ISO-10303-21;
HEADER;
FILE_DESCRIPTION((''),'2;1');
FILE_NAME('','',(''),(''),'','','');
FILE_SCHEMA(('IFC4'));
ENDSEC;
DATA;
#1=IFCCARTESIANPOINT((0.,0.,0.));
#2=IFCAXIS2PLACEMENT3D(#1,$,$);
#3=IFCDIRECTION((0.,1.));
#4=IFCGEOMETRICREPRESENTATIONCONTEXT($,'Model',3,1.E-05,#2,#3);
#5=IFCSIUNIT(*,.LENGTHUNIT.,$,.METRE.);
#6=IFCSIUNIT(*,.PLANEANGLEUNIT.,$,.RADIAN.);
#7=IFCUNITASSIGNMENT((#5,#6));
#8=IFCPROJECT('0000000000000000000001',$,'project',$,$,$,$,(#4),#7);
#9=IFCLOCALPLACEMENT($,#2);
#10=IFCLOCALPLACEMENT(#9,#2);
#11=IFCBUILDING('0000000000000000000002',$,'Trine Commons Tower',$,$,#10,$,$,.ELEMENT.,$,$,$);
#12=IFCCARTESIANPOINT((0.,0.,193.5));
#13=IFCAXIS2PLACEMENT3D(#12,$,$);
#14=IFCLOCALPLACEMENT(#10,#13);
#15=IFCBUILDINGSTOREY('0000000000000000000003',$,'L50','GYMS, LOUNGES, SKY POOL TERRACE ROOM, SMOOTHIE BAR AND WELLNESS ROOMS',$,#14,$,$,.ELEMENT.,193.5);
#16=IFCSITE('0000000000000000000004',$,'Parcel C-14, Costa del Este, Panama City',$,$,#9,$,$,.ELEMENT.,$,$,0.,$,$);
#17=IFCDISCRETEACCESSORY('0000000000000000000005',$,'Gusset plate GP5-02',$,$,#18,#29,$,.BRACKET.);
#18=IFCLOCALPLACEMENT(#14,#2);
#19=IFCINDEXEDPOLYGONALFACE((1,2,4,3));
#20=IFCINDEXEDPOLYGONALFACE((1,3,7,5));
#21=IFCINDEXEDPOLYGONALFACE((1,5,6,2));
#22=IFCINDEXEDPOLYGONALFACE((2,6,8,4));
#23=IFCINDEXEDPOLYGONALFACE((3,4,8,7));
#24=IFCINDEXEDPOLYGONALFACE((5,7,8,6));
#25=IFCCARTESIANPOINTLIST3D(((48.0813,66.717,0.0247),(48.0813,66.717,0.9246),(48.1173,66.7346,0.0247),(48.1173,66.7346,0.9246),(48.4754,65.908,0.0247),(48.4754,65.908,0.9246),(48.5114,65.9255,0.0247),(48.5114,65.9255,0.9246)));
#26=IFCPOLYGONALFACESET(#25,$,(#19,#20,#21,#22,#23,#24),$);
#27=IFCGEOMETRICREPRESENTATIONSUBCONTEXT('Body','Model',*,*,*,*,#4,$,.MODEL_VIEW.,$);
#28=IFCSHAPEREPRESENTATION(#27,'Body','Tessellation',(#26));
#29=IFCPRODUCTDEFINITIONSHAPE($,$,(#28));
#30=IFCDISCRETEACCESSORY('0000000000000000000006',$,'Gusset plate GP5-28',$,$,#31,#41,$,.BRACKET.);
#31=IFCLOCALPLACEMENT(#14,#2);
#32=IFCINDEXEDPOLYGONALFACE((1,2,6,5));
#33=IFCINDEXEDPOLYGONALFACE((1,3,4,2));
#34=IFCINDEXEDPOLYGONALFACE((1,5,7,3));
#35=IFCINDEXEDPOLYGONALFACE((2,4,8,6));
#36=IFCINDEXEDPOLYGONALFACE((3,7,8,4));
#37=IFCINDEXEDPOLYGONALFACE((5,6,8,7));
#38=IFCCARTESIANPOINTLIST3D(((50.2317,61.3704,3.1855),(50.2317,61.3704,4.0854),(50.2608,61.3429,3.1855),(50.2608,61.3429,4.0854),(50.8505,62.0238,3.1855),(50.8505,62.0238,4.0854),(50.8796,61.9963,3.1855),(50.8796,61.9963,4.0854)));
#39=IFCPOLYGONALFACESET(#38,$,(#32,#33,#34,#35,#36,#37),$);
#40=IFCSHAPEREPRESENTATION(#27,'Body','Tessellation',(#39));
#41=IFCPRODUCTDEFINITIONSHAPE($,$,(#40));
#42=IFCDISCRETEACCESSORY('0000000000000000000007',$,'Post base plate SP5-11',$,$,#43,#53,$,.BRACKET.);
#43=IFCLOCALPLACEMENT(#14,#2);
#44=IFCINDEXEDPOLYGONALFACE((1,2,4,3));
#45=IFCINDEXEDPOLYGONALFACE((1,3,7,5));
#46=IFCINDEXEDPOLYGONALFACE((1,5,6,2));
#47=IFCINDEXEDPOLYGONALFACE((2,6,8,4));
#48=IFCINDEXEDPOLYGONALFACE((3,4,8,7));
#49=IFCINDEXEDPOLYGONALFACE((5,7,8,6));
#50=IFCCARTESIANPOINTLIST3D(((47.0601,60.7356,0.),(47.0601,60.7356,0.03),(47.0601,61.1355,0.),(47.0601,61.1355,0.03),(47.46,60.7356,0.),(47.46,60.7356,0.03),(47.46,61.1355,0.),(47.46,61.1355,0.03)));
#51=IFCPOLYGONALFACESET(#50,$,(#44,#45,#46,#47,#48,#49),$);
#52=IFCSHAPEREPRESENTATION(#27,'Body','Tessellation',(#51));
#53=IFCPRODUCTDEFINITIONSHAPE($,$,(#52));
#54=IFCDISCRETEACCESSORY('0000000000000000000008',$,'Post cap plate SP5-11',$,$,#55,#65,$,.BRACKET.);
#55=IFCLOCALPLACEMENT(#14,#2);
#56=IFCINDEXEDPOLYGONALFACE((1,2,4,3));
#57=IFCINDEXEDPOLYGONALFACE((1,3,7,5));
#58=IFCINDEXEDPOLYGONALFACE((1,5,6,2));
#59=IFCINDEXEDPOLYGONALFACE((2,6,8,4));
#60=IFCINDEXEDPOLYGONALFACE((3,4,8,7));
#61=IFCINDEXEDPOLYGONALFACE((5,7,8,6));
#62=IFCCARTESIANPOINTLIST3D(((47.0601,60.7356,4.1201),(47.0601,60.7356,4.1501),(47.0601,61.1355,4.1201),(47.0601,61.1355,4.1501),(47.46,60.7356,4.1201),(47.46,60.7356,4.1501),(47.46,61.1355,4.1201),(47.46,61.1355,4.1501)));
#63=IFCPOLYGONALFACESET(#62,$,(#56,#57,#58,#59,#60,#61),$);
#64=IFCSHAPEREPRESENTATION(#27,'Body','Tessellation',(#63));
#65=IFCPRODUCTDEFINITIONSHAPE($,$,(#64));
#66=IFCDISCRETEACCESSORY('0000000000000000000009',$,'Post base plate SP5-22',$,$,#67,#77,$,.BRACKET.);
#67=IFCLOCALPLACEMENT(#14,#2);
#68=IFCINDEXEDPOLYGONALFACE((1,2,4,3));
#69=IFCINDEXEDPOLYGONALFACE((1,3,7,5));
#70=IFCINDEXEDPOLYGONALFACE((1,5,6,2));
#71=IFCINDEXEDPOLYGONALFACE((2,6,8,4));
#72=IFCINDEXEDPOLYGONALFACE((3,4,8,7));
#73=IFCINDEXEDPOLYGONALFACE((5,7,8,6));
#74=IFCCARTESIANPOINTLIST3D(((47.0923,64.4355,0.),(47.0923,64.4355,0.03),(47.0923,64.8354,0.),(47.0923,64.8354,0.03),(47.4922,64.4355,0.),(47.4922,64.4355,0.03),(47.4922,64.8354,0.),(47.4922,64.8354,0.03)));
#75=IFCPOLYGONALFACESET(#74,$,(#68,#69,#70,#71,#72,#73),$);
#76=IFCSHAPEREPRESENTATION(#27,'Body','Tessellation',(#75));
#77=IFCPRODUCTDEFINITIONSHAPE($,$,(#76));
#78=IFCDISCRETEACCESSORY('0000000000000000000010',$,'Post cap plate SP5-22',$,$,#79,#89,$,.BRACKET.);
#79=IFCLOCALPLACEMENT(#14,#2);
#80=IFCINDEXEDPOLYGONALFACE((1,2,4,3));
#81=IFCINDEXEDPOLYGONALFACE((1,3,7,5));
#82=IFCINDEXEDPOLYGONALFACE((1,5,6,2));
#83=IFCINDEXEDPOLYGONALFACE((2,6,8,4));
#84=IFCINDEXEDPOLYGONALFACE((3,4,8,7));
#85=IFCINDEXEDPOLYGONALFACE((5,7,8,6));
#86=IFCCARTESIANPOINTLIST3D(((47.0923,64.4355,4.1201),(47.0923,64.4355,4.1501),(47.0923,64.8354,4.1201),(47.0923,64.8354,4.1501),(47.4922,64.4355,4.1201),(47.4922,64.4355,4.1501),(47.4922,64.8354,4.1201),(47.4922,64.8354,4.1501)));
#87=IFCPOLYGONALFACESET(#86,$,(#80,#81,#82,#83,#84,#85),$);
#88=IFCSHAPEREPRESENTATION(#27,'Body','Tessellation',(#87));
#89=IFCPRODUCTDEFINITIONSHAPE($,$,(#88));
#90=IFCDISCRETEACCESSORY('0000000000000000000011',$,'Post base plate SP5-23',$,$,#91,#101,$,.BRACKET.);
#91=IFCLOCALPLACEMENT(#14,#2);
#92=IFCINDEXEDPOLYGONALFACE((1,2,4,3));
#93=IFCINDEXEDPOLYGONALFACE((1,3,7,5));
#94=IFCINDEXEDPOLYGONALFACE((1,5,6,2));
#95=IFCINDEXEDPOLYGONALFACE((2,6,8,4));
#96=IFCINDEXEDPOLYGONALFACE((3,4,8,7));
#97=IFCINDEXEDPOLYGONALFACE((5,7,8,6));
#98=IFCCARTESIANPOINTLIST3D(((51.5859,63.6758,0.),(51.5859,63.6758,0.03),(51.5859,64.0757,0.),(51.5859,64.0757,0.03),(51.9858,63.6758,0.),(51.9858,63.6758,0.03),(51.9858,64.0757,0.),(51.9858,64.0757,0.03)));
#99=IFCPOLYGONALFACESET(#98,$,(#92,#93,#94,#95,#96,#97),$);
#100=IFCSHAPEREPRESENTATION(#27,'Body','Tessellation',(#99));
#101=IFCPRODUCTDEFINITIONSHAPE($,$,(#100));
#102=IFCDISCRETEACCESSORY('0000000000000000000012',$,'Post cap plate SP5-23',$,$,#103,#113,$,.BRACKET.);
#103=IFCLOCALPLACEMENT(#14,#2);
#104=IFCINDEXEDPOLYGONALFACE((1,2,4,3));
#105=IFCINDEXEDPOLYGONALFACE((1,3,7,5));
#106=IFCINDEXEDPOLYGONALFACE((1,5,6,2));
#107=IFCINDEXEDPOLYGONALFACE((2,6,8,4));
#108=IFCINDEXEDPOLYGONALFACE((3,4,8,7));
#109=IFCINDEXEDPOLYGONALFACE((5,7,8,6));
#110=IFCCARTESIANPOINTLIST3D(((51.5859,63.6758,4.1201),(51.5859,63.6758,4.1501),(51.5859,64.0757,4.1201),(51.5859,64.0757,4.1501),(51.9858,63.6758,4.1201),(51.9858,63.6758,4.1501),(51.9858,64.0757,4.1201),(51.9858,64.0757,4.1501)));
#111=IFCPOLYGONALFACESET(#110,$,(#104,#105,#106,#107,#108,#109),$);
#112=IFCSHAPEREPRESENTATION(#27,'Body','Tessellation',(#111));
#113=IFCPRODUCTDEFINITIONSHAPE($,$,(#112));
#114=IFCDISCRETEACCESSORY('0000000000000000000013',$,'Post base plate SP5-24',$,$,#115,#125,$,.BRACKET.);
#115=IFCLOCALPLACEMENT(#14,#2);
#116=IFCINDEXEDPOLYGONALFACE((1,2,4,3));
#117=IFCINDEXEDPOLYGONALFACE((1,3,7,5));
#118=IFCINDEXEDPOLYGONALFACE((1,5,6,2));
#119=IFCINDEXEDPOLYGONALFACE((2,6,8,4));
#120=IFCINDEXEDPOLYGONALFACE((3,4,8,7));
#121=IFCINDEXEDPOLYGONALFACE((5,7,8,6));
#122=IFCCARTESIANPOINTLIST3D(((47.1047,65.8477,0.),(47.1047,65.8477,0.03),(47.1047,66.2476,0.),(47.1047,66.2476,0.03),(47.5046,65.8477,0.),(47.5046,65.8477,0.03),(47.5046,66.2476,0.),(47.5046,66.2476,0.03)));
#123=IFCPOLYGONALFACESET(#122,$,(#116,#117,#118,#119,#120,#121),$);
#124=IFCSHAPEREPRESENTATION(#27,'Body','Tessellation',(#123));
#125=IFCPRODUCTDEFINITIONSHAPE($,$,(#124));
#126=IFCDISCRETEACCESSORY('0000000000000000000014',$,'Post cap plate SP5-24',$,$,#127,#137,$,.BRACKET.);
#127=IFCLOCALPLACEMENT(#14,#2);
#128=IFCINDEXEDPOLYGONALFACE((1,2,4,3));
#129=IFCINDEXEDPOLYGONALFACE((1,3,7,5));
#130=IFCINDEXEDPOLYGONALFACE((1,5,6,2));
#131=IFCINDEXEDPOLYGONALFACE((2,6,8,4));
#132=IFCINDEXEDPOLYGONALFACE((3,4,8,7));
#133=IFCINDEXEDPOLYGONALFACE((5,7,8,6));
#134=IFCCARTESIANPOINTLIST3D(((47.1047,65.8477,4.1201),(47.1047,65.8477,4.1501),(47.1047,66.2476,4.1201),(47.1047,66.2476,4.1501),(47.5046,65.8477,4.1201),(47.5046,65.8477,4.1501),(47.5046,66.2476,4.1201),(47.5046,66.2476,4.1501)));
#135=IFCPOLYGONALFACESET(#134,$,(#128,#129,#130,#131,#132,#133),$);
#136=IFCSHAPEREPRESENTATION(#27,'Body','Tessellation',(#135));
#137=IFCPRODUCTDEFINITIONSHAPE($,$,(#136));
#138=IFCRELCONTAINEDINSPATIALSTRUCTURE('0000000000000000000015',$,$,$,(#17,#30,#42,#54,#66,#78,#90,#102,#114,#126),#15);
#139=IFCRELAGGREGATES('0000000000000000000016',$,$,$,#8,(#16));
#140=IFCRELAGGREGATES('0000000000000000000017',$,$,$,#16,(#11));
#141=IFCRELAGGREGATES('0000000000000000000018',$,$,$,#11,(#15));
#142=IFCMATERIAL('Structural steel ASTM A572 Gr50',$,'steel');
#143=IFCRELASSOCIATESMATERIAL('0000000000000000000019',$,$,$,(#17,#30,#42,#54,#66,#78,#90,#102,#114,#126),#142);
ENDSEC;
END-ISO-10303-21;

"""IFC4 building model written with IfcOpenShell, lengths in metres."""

from ifc_helpers import new_model, si_unit, direction, frame, origin, origin_2d, place, context, subcontext, project, spatial, rectangle, extrude, material, element, save


model = new_model("IFC4")

# Units and contexts
model_context = context("Model", 3, precision=1e-05, world=origin(), true_north=direction((0.0, 1.0)))
body_context = subcontext(model_context, "Body", "Model", "MODEL_VIEW")
ifc_project = project(units=[si_unit("LENGTHUNIT", "METRE"), si_unit("PLANEANGLEUNIT", "RADIAN")], contexts=[model_context])

# Site, building, storey
site_placement = place(None, origin())
site = spatial("IfcSite", under=ifc_project, at=site_placement, Name="Parcel C-14, Costa del Este, Panama City", CompositionType="ELEMENT", RefElevation=0.0)
building_placement = place(site_placement, origin())
building = spatial("IfcBuilding", under=site, at=building_placement, Name="Trine Commons Tower", CompositionType="ELEMENT")
storey_placement = place(building_placement, frame((0.0, 0.0, 193.5)))
storey = spatial("IfcBuildingStorey", under=building, at=storey_placement, Name="L50", Description="GYMS, LOUNGES, SKY POOL TERRACE ROOM, SMOOTHIE BAR AND WELLNESS ROOMS", CompositionType="ELEMENT", Elevation=193.5)

# Discrete accessories
ifc_material_1 = material(Name="Structural steel ASTM A572 Gr50", Category="steel")
for number, where, z_axis, x_axis, name in (
    (1, (48.2964, 66.3213, 0.0247), (0.0, 0.0, 1.0), (0.437932, -0.899008, 0.0), "Gusset plate GP5-02"),
    (2, (50.5557, 61.6833, 3.1855), (0.0, 0.0, 1.0), (0.687645, 0.726047, 0.0), "Gusset plate GP5-28"),
):
    element("IfcDiscreteAccessory", number, at=place(storey_placement, frame(where, z_axis=z_axis, x_axis=x_axis)), inside=storey, material=ifc_material_1, Name=name, PredefinedType="BRACKET", context=body_context, shape_type="SweptSolid", body=[
        extrude(rectangle(XDim=0.8999, YDim=0.04, at=origin_2d()), origin(), (0.0, 0.0, 1.0), 0.8999),
    ])
for number, where, z_axis, x_axis, name in (
    (3, (47.26, 60.9355, 0.0), (0.0, 0.0, 1.0), (1.0, 0.0, 0.0), "Post base plate SP5-11"),
    (4, (47.26, 60.9355, 4.1201), (0.0, 0.0, 1.0), (1.0, 0.0, 0.0), "Post cap plate SP5-11"),
    (5, (47.2922, 64.6355, 0.0), (0.0, 0.0, 1.0), (1.0, 0.0, 0.0), "Post base plate SP5-22"),
    (6, (47.2922, 64.6355, 4.1201), (0.0, 0.0, 1.0), (1.0, 0.0, 0.0), "Post cap plate SP5-22"),
    (7, (51.7859, 63.8757, 0.0), (0.0, 0.0, 1.0), (1.0, 0.0, 0.0), "Post base plate SP5-23"),
    (8, (51.7859, 63.8757, 4.1201), (0.0, 0.0, 1.0), (1.0, 0.0, 0.0), "Post cap plate SP5-23"),
    (9, (47.3047, 66.0476, 0.0), (0.0, 0.0, 1.0), (1.0, 0.0, 0.0), "Post base plate SP5-24"),
    (10, (47.3047, 66.0476, 4.1201), (0.0, 0.0, 1.0), (1.0, 0.0, 0.0), "Post cap plate SP5-24"),
):
    element("IfcDiscreteAccessory", number, at=place(storey_placement, frame(where, z_axis=z_axis, x_axis=x_axis)), inside=storey, material=ifc_material_1, Name=name, PredefinedType="BRACKET", context=body_context, shape_type="SweptSolid", body=[
        extrude(rectangle(XDim=0.3999, YDim=0.3999, at=origin_2d()), origin(), (0.0, 0.0, 1.0), 0.03),
    ])

save(model, "model.ifc")
